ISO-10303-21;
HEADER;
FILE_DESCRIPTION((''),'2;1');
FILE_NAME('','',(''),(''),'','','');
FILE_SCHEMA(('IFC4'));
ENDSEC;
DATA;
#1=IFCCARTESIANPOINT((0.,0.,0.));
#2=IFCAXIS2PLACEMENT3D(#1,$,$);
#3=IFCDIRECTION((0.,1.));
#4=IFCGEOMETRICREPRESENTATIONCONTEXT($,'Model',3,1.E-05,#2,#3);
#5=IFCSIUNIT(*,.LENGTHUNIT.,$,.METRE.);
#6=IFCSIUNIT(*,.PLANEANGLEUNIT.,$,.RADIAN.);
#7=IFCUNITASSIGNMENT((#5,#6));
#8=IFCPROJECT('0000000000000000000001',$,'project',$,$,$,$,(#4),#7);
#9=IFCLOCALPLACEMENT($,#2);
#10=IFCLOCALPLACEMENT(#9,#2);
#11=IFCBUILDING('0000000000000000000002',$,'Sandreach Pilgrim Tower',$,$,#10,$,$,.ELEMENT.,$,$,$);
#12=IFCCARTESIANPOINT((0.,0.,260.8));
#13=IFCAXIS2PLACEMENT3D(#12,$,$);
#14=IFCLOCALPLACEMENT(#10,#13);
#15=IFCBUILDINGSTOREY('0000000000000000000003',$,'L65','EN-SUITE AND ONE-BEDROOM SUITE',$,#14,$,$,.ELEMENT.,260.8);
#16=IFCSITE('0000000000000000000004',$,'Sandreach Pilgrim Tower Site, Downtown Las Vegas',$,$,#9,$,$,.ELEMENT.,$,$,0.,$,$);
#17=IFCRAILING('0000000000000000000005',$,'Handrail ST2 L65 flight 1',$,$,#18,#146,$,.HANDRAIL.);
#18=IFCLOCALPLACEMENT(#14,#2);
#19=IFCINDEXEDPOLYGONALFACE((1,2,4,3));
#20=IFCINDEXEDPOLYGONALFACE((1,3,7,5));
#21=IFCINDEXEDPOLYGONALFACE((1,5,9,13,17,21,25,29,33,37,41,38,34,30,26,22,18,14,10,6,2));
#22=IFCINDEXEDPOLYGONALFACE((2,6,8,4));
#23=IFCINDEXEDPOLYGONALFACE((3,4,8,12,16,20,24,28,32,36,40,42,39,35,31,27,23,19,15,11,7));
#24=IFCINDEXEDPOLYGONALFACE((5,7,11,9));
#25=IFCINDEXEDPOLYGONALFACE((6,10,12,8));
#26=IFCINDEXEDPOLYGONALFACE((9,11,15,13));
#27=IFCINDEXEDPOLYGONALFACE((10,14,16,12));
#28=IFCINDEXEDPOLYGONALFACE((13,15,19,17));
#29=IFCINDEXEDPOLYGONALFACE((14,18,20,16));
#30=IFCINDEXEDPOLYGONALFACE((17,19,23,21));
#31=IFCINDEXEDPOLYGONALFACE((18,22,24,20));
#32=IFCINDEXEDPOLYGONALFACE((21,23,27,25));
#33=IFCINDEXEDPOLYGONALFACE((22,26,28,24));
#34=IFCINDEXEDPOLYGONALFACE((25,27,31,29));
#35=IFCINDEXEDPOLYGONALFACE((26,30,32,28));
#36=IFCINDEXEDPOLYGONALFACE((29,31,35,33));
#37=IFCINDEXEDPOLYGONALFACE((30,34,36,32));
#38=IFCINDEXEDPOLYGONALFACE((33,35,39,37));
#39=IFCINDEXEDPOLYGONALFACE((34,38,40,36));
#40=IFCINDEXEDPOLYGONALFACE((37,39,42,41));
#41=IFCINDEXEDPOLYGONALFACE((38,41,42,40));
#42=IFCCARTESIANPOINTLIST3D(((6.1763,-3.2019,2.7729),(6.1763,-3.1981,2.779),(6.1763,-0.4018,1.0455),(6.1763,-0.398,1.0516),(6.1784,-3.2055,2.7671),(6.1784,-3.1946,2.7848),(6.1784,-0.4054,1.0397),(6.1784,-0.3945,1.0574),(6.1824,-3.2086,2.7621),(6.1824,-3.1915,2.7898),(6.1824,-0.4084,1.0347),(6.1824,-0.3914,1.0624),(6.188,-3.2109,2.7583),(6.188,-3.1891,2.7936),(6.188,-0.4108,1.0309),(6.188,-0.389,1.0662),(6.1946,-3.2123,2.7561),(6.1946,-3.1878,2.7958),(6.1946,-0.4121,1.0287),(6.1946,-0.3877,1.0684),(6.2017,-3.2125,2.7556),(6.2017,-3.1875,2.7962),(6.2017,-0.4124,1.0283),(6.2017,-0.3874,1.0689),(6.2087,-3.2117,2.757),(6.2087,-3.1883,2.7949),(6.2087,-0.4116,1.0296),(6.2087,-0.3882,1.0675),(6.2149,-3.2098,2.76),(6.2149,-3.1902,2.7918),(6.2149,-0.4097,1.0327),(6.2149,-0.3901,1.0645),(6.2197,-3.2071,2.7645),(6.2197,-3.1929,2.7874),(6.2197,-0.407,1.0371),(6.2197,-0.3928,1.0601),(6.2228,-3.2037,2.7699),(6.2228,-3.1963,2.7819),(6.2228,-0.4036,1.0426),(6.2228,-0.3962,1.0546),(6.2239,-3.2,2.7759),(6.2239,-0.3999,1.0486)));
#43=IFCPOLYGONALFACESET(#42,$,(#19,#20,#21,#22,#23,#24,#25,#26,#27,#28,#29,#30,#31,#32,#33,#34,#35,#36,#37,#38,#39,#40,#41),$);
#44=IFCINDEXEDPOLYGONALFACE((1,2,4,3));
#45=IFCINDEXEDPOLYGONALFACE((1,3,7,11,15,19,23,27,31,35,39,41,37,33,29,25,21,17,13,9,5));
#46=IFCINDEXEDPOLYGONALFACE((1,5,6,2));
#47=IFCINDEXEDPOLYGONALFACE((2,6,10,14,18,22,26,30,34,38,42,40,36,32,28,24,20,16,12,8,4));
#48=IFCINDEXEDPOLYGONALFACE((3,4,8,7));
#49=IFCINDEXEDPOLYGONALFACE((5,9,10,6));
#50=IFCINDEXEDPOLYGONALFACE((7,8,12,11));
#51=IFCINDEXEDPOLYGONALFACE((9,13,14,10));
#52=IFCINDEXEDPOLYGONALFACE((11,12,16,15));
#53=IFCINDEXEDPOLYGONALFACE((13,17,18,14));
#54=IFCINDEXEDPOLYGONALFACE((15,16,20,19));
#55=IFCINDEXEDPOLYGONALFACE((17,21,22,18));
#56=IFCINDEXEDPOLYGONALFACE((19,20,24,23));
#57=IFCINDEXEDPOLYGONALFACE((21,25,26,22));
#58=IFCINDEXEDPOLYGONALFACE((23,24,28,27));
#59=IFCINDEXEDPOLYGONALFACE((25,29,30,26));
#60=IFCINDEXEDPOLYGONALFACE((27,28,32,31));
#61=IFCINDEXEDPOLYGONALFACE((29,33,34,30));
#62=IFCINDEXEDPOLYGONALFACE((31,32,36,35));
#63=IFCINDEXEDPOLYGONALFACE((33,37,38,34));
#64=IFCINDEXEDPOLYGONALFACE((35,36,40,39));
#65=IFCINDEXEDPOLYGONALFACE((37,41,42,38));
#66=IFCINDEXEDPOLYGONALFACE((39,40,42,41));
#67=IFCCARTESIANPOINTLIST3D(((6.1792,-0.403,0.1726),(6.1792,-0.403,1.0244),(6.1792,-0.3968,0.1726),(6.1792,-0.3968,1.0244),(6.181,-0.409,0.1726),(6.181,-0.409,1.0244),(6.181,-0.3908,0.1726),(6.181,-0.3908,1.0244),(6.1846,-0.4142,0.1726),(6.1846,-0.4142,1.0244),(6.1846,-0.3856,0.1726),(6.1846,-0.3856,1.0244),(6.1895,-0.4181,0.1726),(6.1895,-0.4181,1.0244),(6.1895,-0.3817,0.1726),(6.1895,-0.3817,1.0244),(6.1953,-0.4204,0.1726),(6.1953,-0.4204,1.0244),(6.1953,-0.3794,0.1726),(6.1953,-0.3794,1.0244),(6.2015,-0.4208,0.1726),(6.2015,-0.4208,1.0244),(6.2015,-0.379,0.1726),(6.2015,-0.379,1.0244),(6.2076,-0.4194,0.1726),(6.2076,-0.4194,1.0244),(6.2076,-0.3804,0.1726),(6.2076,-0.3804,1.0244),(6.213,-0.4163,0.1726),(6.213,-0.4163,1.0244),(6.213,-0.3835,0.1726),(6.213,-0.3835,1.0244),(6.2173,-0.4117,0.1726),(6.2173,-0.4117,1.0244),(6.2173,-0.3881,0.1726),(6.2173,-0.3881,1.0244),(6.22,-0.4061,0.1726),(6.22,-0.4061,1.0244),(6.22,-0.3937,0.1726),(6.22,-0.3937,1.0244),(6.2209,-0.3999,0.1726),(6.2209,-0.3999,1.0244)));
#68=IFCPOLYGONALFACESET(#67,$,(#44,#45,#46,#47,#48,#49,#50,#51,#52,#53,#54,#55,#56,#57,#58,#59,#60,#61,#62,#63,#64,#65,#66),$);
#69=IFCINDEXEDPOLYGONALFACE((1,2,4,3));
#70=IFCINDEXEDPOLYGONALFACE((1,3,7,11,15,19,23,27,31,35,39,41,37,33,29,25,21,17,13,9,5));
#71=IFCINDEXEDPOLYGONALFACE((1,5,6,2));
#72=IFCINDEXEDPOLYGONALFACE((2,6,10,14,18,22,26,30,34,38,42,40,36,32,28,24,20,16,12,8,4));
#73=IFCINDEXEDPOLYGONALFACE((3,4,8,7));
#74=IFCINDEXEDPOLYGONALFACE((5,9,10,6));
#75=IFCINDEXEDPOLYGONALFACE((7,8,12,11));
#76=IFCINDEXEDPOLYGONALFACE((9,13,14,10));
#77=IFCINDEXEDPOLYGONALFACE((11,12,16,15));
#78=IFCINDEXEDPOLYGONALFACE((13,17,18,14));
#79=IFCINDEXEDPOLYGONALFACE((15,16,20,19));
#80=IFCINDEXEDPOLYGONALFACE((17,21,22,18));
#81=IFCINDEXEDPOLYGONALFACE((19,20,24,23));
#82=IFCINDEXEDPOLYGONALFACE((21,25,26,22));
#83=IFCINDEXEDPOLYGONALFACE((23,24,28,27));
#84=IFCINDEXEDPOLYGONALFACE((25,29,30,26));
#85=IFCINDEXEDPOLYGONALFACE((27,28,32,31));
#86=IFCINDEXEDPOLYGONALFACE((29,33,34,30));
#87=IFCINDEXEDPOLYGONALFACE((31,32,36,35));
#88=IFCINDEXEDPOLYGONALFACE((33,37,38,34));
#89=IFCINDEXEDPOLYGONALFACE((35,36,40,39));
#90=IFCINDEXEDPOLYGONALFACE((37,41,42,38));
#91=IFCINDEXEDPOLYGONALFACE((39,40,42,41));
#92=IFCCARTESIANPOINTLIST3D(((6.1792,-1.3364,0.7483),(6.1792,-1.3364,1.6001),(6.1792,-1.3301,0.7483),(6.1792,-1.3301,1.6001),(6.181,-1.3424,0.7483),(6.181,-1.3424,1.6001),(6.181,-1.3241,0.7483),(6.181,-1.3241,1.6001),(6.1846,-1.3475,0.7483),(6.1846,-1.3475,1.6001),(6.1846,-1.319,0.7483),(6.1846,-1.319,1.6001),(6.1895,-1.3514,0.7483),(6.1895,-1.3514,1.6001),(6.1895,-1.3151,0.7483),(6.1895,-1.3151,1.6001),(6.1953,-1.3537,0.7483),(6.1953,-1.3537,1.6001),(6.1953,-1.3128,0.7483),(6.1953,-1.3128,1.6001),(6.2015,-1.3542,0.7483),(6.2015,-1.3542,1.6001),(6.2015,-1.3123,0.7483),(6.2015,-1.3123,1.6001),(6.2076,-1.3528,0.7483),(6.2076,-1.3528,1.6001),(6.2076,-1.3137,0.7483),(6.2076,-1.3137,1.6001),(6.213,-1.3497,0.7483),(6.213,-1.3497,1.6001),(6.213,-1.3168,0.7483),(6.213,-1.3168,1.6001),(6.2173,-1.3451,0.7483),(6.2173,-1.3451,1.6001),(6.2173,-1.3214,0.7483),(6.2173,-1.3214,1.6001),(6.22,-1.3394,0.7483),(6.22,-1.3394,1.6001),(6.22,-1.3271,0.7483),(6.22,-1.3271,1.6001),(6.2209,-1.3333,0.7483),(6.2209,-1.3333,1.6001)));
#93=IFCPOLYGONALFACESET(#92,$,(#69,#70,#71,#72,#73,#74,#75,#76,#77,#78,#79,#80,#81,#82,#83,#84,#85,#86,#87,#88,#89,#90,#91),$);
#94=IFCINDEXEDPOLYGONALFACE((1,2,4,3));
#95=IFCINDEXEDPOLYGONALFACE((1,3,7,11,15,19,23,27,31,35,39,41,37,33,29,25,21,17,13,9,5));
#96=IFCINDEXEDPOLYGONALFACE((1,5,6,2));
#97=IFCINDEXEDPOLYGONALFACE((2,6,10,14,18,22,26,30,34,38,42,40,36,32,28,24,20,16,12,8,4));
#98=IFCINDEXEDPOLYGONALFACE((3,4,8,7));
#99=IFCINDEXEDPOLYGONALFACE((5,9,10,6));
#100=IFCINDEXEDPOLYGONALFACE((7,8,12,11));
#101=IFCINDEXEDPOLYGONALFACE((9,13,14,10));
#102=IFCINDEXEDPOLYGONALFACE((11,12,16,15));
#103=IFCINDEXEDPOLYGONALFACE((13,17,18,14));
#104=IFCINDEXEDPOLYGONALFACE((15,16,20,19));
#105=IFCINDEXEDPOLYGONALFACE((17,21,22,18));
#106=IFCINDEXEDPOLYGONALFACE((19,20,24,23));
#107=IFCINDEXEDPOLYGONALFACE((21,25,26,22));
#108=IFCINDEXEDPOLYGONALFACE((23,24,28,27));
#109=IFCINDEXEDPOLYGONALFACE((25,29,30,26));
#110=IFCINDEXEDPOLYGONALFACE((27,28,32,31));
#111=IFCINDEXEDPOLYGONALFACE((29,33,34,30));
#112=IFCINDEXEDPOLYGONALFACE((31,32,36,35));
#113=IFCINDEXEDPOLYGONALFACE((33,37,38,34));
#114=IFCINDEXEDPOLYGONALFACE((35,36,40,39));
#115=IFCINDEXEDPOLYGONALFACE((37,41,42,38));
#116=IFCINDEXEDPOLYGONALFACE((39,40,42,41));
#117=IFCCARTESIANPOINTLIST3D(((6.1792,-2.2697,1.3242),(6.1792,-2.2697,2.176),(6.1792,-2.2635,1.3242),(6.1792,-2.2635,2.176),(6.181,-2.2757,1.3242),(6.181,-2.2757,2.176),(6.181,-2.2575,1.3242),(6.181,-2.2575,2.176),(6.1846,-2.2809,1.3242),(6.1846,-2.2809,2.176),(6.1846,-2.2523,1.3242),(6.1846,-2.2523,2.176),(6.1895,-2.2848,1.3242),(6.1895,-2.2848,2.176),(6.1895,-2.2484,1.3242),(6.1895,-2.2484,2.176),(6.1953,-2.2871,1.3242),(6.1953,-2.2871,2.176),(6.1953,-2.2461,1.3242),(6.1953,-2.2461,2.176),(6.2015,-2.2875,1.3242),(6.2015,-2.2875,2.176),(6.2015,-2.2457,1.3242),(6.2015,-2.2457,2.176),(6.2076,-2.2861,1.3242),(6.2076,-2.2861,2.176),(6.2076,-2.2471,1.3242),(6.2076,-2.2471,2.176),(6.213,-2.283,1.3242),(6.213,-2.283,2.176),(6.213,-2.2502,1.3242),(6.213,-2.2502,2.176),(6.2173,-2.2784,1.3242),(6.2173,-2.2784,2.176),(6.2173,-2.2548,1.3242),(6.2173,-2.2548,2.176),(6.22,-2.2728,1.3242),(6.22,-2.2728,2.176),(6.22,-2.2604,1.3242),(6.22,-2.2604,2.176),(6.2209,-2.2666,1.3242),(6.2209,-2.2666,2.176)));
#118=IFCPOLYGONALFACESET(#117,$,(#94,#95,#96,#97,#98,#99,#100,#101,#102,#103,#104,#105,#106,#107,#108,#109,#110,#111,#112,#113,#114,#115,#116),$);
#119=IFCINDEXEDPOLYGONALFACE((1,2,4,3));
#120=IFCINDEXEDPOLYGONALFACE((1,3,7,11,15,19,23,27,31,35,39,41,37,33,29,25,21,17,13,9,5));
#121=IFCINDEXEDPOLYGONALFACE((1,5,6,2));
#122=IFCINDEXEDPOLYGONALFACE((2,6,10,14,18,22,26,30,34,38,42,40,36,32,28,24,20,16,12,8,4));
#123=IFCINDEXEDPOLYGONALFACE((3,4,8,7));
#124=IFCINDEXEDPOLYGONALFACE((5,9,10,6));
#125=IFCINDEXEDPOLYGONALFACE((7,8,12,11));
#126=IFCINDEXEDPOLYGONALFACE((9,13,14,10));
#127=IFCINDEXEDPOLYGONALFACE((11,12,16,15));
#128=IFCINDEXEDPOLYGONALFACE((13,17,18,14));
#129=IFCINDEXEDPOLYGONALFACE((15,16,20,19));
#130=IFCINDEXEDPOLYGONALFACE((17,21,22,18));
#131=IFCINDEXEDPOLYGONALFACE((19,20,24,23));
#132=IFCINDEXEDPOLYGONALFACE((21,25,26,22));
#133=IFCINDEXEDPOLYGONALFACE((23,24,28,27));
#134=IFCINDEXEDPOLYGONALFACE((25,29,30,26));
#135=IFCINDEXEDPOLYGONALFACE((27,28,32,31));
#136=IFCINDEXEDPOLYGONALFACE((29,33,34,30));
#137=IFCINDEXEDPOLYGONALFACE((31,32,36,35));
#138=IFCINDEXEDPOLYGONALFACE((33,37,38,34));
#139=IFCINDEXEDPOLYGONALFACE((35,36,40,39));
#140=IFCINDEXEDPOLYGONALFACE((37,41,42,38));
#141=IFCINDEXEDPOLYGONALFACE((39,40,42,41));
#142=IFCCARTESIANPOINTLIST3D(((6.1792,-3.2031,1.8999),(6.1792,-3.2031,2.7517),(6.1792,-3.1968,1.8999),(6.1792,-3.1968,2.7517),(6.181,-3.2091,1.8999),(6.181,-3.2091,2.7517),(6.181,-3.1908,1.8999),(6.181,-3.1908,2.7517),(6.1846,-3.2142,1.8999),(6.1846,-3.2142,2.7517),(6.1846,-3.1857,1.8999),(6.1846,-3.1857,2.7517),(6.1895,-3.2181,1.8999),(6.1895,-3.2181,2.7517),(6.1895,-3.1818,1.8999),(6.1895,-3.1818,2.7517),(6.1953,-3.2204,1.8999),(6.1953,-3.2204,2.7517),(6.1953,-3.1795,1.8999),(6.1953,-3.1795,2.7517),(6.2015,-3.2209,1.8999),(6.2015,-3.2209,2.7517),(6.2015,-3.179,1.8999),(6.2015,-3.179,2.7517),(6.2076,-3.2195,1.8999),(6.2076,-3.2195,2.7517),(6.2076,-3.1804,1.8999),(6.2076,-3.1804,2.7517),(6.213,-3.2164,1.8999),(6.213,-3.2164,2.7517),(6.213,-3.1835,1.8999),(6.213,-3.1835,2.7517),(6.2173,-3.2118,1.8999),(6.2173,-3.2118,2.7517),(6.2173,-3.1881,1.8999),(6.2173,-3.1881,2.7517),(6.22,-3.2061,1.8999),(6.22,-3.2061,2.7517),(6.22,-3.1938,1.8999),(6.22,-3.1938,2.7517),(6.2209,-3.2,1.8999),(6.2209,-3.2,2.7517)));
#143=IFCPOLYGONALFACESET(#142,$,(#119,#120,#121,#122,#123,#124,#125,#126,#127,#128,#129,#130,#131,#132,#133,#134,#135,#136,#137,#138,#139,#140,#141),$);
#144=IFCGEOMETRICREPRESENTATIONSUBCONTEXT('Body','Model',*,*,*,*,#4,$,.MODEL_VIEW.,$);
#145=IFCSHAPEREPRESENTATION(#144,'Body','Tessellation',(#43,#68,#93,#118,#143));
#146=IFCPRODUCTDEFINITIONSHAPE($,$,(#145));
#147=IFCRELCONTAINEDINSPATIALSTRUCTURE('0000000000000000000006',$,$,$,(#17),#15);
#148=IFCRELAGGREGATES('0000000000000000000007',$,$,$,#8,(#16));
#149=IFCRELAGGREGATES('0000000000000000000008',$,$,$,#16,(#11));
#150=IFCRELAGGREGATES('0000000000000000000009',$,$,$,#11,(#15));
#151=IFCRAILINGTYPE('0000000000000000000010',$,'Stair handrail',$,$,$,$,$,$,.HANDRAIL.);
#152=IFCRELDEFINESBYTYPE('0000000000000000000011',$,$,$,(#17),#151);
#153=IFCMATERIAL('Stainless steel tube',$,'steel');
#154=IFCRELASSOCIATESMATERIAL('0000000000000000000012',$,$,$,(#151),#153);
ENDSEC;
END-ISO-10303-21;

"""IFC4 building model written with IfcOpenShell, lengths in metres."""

from ifc_helpers import new_model, si_unit, direction, frame, origin, origin_2d, place, context, subcontext, project, spatial, circle, extrude, material, type_object, element, save


model = new_model("IFC4")

# Units and contexts
model_context = context("Model", 3, precision=1e-05, world=origin(), true_north=direction((0.0, 1.0)))
body_context = subcontext(model_context, "Body", "Model", "MODEL_VIEW")
ifc_project = project(units=[si_unit("LENGTHUNIT", "METRE"), si_unit("PLANEANGLEUNIT", "RADIAN")], contexts=[model_context])

# Site, building, storey
site_placement = place(None, origin())
site = spatial("IfcSite", under=ifc_project, at=site_placement, Name="Sandreach Pilgrim Tower Site, Downtown Las Vegas", CompositionType="ELEMENT", RefElevation=0.0)
building_placement = place(site_placement, origin())
building = spatial("IfcBuilding", under=site, at=building_placement, Name="Sandreach Pilgrim Tower", CompositionType="ELEMENT")
storey_placement = place(building_placement, frame((0.0, 0.0, 260.8)))
storey = spatial("IfcBuildingStorey", under=building, at=storey_placement, Name="L65", Description="EN-SUITE AND ONE-BEDROOM SUITE", CompositionType="ELEMENT", Elevation=260.8)

# Railing
ifc_material_1 = material(Name="Stainless steel tube", Category="steel")
railing_type = type_object("IfcRailingType", Name="Stair handrail", PredefinedType="HANDRAIL", material=ifc_material_1)
for number, where, name in (
    (1, (6.2, -0.3999, 0.1726), "Handrail ST2 L65 flight 1"),
):
    element("IfcRailing", number, at=place(storey_placement, frame(where)), inside=storey, type_object=railing_type, Name=name, PredefinedType="HANDRAIL", context=body_context, shape_type="SweptSolid", body=[
        extrude(circle(Radius=0.0239, at=origin_2d()), frame((0.0, 0.0, 0.876), z_axis=(0.0, -0.85109, 0.52502), x_axis=(1.0, 0.0, 0.0)), (0.0, 0.0, 1.0), 3.29),
        extrude(circle(Radius=0.021, at=origin_2d()), origin(), (0.0, 0.0, 1.0), 0.8518),
        extrude(circle(Radius=0.021, at=origin_2d()), frame((0.0, -0.9333, 0.5757)), (0.0, 0.0, 1.0), 0.8518),
        extrude(circle(Radius=0.021, at=origin_2d()), frame((0.0, -1.8667, 1.1516)), (0.0, 0.0, 1.0), 0.8518),
        extrude(circle(Radius=0.021, at=origin_2d()), frame((0.0, -2.8, 1.7273)), (0.0, 0.0, 1.0), 0.8518),
    ])

save(model, "model.ifc")
